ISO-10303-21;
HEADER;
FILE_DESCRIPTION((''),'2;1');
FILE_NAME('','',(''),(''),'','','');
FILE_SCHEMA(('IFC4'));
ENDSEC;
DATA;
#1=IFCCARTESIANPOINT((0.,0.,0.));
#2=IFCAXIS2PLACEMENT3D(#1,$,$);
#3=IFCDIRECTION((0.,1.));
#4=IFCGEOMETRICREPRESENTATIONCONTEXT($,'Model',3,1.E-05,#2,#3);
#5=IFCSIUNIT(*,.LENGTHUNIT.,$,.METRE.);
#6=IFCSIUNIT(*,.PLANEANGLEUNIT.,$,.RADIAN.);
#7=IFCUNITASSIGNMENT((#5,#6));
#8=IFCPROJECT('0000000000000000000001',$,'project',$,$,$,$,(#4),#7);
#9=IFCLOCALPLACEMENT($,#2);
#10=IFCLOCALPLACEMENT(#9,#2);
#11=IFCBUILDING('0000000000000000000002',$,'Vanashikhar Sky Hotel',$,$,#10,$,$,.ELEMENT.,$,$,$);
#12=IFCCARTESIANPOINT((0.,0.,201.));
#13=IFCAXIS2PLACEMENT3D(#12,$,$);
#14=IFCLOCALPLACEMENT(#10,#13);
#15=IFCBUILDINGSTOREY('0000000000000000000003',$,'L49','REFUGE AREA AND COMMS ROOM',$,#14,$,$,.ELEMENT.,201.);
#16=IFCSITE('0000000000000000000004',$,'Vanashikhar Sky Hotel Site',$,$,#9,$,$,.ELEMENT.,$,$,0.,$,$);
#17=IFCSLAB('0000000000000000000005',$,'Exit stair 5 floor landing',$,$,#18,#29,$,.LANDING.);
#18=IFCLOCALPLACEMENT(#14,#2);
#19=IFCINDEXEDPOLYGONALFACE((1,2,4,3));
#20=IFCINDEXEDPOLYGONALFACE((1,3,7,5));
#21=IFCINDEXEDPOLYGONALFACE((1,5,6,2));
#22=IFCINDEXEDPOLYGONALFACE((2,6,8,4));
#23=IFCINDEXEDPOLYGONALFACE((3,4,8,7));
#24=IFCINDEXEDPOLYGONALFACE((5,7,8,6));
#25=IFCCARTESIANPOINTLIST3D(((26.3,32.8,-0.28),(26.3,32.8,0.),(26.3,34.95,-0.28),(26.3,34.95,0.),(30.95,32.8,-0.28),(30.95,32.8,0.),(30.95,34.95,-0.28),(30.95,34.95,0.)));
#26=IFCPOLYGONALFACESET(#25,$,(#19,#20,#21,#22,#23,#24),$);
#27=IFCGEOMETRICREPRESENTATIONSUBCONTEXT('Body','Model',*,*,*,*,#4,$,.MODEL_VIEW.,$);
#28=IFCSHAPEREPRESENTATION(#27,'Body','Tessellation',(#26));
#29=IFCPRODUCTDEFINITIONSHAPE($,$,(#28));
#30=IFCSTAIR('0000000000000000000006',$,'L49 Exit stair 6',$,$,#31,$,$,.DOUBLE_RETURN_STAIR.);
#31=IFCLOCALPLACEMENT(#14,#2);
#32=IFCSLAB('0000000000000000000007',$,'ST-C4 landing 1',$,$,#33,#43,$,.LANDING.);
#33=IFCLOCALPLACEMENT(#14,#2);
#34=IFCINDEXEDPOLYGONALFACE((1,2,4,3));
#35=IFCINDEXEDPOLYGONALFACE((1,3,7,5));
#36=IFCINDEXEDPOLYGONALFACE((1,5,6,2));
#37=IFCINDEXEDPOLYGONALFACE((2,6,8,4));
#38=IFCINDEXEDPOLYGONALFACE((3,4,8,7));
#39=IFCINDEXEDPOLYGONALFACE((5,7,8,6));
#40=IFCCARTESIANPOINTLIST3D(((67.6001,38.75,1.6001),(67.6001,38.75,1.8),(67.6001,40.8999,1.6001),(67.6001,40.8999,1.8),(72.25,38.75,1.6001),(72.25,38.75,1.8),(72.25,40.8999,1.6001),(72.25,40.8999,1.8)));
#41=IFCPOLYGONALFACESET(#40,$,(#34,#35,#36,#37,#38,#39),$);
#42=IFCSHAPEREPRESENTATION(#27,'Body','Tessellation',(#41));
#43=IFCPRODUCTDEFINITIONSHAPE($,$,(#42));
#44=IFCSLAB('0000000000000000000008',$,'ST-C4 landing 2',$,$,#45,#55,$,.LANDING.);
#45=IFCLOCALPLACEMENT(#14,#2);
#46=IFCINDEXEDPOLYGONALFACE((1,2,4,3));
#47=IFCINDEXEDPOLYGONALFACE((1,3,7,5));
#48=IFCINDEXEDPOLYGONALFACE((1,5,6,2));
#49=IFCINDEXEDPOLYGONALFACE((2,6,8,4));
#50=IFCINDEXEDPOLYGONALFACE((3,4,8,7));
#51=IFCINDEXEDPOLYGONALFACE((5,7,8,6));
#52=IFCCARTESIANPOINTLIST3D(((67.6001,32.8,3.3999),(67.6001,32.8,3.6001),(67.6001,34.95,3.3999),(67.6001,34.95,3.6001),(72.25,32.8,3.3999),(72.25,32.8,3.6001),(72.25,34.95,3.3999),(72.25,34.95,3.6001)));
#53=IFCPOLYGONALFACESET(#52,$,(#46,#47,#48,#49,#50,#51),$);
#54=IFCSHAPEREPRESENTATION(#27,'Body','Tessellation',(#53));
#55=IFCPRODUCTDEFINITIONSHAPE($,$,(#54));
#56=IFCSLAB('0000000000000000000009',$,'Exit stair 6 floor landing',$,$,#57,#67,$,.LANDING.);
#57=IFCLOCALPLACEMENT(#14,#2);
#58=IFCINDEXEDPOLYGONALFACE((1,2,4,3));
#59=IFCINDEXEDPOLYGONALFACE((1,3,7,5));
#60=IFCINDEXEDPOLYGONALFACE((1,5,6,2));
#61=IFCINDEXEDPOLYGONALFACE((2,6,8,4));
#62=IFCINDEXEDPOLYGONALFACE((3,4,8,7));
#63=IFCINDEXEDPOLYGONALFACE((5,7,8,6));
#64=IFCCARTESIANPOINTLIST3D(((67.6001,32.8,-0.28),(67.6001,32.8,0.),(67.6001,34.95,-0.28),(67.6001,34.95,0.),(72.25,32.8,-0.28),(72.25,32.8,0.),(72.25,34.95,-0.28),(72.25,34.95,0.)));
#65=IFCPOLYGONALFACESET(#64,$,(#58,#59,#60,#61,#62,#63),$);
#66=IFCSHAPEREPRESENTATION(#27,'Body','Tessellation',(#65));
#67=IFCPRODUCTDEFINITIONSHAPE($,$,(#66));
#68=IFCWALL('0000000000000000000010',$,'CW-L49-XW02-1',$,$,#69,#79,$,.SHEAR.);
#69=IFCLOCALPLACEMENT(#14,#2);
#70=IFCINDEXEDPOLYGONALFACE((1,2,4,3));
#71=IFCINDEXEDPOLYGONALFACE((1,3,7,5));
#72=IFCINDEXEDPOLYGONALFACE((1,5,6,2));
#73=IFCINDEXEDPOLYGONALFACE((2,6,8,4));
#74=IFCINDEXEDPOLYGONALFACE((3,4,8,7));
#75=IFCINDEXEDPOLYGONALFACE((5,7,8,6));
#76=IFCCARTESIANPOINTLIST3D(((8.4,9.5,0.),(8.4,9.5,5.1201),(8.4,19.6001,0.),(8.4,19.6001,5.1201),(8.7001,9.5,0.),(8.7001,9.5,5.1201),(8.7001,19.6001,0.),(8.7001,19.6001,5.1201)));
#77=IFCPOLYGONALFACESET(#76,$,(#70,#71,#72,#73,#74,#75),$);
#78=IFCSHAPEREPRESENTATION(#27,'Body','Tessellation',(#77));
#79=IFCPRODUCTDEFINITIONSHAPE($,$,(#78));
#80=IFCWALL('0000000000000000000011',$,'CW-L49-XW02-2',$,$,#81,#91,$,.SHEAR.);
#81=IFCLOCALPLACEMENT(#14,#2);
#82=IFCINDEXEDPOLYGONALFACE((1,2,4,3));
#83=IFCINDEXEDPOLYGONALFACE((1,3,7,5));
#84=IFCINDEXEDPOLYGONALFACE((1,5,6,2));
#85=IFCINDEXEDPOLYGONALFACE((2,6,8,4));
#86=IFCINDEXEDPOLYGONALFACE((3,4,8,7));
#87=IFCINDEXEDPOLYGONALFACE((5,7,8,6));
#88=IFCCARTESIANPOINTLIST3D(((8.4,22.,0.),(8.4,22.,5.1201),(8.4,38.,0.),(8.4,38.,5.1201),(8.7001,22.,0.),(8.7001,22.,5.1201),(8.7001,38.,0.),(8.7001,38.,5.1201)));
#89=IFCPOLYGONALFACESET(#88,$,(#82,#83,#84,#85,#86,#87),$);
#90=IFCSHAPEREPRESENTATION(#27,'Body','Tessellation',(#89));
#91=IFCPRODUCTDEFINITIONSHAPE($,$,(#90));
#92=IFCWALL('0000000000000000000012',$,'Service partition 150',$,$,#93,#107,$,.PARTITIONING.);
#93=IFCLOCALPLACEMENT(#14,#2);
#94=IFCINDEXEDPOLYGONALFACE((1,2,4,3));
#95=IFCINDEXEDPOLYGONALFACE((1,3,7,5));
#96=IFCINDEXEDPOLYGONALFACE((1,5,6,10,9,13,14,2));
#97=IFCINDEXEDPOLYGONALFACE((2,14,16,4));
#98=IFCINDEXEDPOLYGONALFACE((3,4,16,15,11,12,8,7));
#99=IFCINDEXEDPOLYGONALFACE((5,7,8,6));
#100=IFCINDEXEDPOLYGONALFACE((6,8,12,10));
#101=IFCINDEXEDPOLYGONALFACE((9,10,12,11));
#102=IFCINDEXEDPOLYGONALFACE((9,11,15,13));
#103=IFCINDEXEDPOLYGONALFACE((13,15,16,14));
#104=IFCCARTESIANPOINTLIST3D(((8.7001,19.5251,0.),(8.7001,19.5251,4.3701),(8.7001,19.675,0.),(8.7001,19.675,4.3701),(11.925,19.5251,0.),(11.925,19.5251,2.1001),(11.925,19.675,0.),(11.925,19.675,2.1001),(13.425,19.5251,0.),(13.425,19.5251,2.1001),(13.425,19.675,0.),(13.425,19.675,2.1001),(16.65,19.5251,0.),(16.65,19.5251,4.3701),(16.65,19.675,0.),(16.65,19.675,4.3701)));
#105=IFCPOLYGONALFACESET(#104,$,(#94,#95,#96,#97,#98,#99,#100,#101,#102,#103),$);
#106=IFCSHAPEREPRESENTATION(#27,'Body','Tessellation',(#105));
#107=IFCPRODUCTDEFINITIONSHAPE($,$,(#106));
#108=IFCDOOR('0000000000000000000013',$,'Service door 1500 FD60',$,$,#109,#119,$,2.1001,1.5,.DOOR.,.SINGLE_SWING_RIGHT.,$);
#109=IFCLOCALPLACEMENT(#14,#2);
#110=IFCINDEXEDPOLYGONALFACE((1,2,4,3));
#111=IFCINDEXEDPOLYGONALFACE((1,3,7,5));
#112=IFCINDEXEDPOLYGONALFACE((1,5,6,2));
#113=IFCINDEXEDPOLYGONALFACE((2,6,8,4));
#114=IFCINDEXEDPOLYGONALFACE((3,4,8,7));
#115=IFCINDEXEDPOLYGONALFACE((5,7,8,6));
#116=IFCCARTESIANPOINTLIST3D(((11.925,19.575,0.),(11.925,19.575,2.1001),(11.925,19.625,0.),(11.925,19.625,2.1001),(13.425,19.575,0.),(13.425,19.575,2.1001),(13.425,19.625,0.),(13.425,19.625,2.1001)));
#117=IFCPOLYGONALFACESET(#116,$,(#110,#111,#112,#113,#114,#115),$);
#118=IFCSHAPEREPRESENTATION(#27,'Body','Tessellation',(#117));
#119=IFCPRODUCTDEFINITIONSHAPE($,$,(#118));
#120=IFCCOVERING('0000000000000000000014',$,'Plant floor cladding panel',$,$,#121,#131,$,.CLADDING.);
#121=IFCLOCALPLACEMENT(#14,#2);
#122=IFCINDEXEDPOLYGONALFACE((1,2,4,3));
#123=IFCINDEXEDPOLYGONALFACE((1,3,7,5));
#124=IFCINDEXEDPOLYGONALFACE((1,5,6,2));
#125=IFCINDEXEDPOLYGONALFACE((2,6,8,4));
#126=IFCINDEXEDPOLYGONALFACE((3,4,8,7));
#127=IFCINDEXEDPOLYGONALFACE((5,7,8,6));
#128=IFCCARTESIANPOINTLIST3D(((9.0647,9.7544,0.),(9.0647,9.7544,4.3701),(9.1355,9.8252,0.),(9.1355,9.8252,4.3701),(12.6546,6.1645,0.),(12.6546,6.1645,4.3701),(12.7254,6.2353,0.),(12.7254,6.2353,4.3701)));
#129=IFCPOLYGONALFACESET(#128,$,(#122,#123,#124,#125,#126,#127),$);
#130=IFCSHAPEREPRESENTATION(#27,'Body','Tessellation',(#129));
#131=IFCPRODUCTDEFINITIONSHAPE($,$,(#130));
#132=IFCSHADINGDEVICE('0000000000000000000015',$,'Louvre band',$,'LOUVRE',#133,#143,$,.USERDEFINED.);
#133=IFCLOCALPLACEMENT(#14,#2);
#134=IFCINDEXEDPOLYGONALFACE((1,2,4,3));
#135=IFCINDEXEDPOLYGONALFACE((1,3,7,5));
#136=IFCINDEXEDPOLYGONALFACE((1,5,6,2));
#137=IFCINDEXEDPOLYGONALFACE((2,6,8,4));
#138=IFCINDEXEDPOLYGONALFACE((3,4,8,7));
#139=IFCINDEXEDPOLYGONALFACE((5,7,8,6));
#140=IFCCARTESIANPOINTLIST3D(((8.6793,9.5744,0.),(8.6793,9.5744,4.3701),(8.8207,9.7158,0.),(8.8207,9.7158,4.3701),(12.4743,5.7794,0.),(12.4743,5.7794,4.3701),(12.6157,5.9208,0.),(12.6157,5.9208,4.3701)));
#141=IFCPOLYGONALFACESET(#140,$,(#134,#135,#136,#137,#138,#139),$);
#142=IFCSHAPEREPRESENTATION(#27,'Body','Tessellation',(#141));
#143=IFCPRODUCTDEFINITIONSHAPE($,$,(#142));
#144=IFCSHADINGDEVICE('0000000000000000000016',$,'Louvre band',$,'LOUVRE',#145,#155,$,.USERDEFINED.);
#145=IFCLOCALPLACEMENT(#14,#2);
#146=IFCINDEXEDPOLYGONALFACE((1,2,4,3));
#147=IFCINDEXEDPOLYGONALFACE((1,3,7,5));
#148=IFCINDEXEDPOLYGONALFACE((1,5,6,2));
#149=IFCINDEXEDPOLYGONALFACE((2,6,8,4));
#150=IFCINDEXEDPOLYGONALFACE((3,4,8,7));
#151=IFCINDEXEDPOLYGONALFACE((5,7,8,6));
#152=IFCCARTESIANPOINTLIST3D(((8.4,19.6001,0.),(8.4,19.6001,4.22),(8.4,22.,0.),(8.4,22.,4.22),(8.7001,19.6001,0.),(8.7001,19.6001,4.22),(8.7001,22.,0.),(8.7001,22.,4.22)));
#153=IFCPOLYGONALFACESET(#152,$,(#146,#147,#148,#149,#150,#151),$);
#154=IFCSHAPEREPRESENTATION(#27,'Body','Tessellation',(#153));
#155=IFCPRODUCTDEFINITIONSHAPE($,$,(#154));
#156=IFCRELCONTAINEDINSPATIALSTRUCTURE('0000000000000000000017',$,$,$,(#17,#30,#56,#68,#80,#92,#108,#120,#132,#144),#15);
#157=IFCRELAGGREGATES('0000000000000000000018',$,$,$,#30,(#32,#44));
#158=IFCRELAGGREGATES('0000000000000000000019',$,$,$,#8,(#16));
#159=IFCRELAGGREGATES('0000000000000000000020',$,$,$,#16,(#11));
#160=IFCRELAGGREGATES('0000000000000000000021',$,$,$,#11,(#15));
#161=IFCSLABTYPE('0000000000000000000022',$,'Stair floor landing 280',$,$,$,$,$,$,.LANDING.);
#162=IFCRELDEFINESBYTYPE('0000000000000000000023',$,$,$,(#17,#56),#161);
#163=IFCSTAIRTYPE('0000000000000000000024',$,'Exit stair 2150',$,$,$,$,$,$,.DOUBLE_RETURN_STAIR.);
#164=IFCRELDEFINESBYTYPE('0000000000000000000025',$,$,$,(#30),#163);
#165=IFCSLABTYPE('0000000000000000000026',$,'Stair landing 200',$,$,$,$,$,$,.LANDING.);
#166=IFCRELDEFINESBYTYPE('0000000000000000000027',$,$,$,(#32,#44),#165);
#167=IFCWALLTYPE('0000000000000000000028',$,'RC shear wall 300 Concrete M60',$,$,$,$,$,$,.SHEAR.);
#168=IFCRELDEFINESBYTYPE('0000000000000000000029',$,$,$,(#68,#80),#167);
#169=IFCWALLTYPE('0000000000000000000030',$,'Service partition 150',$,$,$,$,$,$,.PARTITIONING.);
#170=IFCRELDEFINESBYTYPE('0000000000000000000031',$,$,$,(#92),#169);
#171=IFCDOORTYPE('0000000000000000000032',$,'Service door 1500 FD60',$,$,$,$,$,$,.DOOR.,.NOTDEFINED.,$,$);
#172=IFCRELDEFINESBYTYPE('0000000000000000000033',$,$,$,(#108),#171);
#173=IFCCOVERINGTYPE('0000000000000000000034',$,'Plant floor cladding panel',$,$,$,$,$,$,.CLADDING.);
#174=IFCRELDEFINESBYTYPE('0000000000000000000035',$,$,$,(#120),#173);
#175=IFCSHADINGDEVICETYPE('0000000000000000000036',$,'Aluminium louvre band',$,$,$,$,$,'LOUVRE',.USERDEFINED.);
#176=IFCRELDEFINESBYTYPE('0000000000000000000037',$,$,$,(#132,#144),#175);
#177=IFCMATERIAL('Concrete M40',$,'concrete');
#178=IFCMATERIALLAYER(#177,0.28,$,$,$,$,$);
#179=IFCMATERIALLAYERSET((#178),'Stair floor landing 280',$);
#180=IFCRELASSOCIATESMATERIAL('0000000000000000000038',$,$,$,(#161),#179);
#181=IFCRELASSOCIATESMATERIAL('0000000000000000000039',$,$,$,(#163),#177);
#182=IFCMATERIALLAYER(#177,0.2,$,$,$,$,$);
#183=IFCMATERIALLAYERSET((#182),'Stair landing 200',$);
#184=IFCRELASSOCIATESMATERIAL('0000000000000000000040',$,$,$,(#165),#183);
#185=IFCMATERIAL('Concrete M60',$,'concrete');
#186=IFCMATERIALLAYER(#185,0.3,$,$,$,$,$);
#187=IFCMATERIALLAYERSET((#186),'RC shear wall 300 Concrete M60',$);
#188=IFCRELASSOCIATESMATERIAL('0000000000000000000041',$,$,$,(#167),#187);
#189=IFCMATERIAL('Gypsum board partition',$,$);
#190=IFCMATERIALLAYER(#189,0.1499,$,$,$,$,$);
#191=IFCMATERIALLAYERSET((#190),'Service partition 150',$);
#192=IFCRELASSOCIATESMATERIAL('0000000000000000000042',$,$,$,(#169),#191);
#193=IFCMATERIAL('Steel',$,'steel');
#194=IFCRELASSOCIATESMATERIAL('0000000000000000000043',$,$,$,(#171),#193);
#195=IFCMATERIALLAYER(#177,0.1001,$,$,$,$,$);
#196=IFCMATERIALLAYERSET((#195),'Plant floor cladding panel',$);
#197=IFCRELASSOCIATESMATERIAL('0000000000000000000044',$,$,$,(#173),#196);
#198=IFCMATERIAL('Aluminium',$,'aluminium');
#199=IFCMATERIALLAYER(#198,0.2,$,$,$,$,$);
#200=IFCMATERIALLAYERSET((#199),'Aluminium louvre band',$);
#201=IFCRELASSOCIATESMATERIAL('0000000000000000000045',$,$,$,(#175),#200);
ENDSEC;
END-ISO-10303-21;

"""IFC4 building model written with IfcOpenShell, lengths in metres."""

from ifc_helpers import new_model, si_unit, direction, frame, frame_2d, origin, origin_2d, place, context, subcontext, project, spatial, polyline, rectangle, outline, extrude, source, transform, mapped, material, layer, layer_set, type_object, element, fill, aggregate, save


model = new_model("IFC4")

# Units and contexts
model_context = context("Model", 3, precision=1e-05, world=origin(), true_north=direction((0.0, 1.0)))
body_context = subcontext(model_context, "Body", "Model", "MODEL_VIEW")
ifc_project = project(units=[si_unit("LENGTHUNIT", "METRE"), si_unit("PLANEANGLEUNIT", "RADIAN")], contexts=[model_context])

# Site, building, storey
site_placement = place(None, origin())
site = spatial("IfcSite", under=ifc_project, at=site_placement, Name="Vanashikhar Sky Hotel Site", CompositionType="ELEMENT", RefElevation=0.0)
building_placement = place(site_placement, origin())
building = spatial("IfcBuilding", under=site, at=building_placement, Name="Vanashikhar Sky Hotel", CompositionType="ELEMENT")
storey_placement = place(building_placement, frame((0.0, 0.0, 201.0)))
storey = spatial("IfcBuildingStorey", under=building, at=storey_placement, Name="L49", Description="REFUGE AREA AND COMMS ROOM", CompositionType="ELEMENT", Elevation=201.0)

# Shared definitions
ifc_material_1 = material(Name="Concrete M40", Category="concrete")
ifc_layer_1 = layer(ifc_material_1, 0.28)
ifc_layer_set_1 = layer_set([ifc_layer_1], Name="Stair floor landing 280")
slab_type_1 = type_object("IfcSlabType", Name="Stair floor landing 280", PredefinedType="LANDING", material=ifc_layer_set_1)

# Shared definitions
stair_type = type_object("IfcStairType", Name="Exit stair 2150", PredefinedType="DOUBLE_RETURN_STAIR", material=ifc_material_1)
ifc_layer_2 = layer(ifc_material_1, 0.2)
ifc_layer_set_2 = layer_set([ifc_layer_2], Name="Stair landing 200")
slab_type_2 = type_object("IfcSlabType", Name="Stair landing 200", PredefinedType="LANDING", material=ifc_layer_set_2)

# Slab
shared_shape_1 = source(origin(), body_context, "Body", "SweptSolid", [
    extrude(outline(polyline([(30.95, 32.8), (30.95, 34.95), (26.3, 34.95), (26.3, 32.8), (30.95, 32.8)])), origin(), (0.0, 0.0, 1.0), 0.28),
])
slab_1_placement = place(storey_placement, frame((0.0, 0.0, -0.28)))
element("IfcSlab", 1, at=slab_1_placement, inside=storey, type_object=slab_type_1, Name="Exit stair 5 floor landing", PredefinedType="LANDING", context=body_context, shape_type="MappedRepresentation", body=[
    mapped(shared_shape_1, transform((0.0, 0.0, 0.0), scale=1.0)),
])

# Stair, slabs
stair_1_placement = place(storey_placement, origin())
stair_1 = element("IfcStair", 2, at=stair_1_placement, inside=storey, type_object=stair_type, Name="L49 Exit stair 6", PredefinedType="DOUBLE_RETURN_STAIR")
shared_shape_2 = source(origin(), body_context, "Body", "SweptSolid", [
    extrude(outline(polyline([(72.25, 38.75), (72.25, 40.8999), (67.6001, 40.8999), (67.6001, 38.75), (72.25, 38.75)])), origin(), (0.0, 0.0, 1.0), 0.2),
])
slab_2_placement = place(storey_placement, frame((0.0, 0.0, 1.6001)))
slab_2 = element("IfcSlab", 3, at=slab_2_placement, type_object=slab_type_2, Name="ST-C4 landing 1", PredefinedType="LANDING", context=body_context, shape_type="MappedRepresentation", body=[
    mapped(shared_shape_2, transform((0.0, 0.0, 0.0), scale=1.0)),
])
shared_shape_3 = source(origin(), body_context, "Body", "SweptSolid", [
    extrude(outline(polyline([(72.25, 32.8), (72.25, 34.95), (67.6001, 34.95), (67.6001, 32.8), (72.25, 32.8)])), origin(), (0.0, 0.0, 1.0), 0.2002),
])
slab_3_placement = place(storey_placement, frame((0.0, 0.0, 3.3999)))
slab_3 = element("IfcSlab", 4, at=slab_3_placement, type_object=slab_type_2, Name="ST-C4 landing 2", PredefinedType="LANDING", context=body_context, shape_type="MappedRepresentation", body=[
    mapped(shared_shape_3, transform((0.0, 0.0, 0.0), scale=1.0)),
])
aggregate(stair_1, [slab_2, slab_3])

# Slab
shared_shape_4 = source(origin(), body_context, "Body", "SweptSolid", [
    extrude(outline(polyline([(72.25, 32.8), (72.25, 34.95), (67.6001, 34.95), (67.6001, 32.8), (72.25, 32.8)])), origin(), (0.0, 0.0, 1.0), 0.28),
])
slab_4_placement = place(storey_placement, frame((0.0, 0.0, -0.28)))
element("IfcSlab", 5, at=slab_4_placement, inside=storey, type_object=slab_type_1, Name="Exit stair 6 floor landing", PredefinedType="LANDING", context=body_context, shape_type="MappedRepresentation", body=[
    mapped(shared_shape_4, transform((0.0, 0.0, 0.0), scale=1.0)),
])

# Walls
ifc_material_2 = material(Name="Concrete M60", Category="concrete")
ifc_layer_3 = layer(ifc_material_2, 0.3)
ifc_layer_set_3 = layer_set([ifc_layer_3], Name="RC shear wall 300 Concrete M60")
wall_type_1 = type_object("IfcWallType", Name="RC shear wall 300 Concrete M60", PredefinedType="SHEAR", material=ifc_layer_set_3)
shared_shape_5 = source(origin(), body_context, "Body", "SweptSolid", [
    extrude(rectangle(XDim=10.1001, YDim=0.3, at=frame_2d((5.05, 0.0))), origin(), (0.0, 0.0, 1.0), 5.1201),
])
wall_1_placement = place(storey_placement, frame((8.55, 9.5, 0.0), z_axis=(0.0, 0.0, 1.0), x_axis=(0.0, 1.0, 0.0)))
element("IfcWall", 6, at=wall_1_placement, inside=storey, type_object=wall_type_1, Name="CW-L49-XW02-1", PredefinedType="SHEAR", context=body_context, shape_type="MappedRepresentation", body=[
    mapped(shared_shape_5, transform((0.0, 0.0, 0.0), scale=1.0)),
])
shared_shape_6 = source(origin(), body_context, "Body", "SweptSolid", [
    extrude(rectangle(XDim=16.0, YDim=0.3, at=frame_2d((8.0, 0.0))), origin(), (0.0, 0.0, 1.0), 5.1201),
])
wall_2_placement = place(storey_placement, frame((8.55, 22.0, 0.0), z_axis=(0.0, 0.0, 1.0), x_axis=(0.0, 1.0, 0.0)))
element("IfcWall", 7, at=wall_2_placement, inside=storey, type_object=wall_type_1, Name="CW-L49-XW02-2", PredefinedType="SHEAR", context=body_context, shape_type="MappedRepresentation", body=[
    mapped(shared_shape_6, transform((0.0, 0.0, 0.0), scale=1.0)),
])

# Wall, opening, door
ifc_material_3 = material(Name="Gypsum board partition")
ifc_layer_4 = layer(ifc_material_3, 0.1499)
ifc_layer_set_4 = layer_set([ifc_layer_4], Name="Service partition 150")
wall_type_2 = type_object("IfcWallType", Name="Service partition 150", PredefinedType="PARTITIONING", material=ifc_layer_set_4)
shared_shape_7 = source(origin(), body_context, "Body", "SweptSolid", [
    extrude(rectangle(XDim=7.95, YDim=0.1499, at=frame_2d((3.9751, 0.0))), origin(), (0.0, 0.0, 1.0), 4.3701),
])
wall_3_placement = place(storey_placement, frame((8.7, 19.6001, 0.0), z_axis=(0.0, 0.0, 1.0), x_axis=(1.0, 0.0, 0.0)))
wall_3 = element("IfcWall", 8, at=wall_3_placement, inside=storey, type_object=wall_type_2, Name="Service partition 150", PredefinedType="PARTITIONING", context=body_context, shape_type="MappedRepresentation", body=[
    mapped(shared_shape_7, transform((0.0, 0.0, 0.0), scale=1.0)),
])
shared_shape_8 = source(origin(), body_context, "Body", "SweptSolid", [
    extrude(rectangle(XDim=1.5, YDim=2.1001, at=frame_2d((0.75, 1.05))), frame((0.0, 0.085, 0.0), z_axis=(0.0, -1.0, 0.0), x_axis=(1.0, 0.0, 0.0)), (0.0, 0.0, 1.0), 0.1699),
])
opening_placement = place(wall_3_placement, frame((3.2251, 0.0, 0.0)))
opening = element("IfcOpeningElement", 9, at=opening_placement, cuts=wall_3, PredefinedType="OPENING", context=body_context, shape_type="MappedRepresentation", body=[
    mapped(shared_shape_8, transform((0.0, 0.0, 0.0), scale=1.0)),
])
ifc_material_4 = material(Name="Steel", Category="steel")
door_type = type_object("IfcDoorType", Name="Service door 1500 FD60", OperationType="NOTDEFINED", PredefinedType="DOOR", material=ifc_material_4)
shared_shape_9 = source(origin(), body_context, "Body", "SweptSolid", [
    extrude(rectangle(XDim=1.5, YDim=2.1001, at=frame_2d((0.75, 1.05))), frame((0.0, 0.0249, 0.0), z_axis=(0.0, -1.0, 0.0), x_axis=(1.0, 0.0, 0.0)), (0.0, 0.0, 1.0), 0.05),
])
door_placement = place(opening_placement, origin())
door = element("IfcDoor", 10, at=door_placement, inside=storey, type_object=door_type, Name="Service door 1500 FD60", OperationType="SINGLE_SWING_RIGHT", OverallHeight=2.1001, OverallWidth=1.5, PredefinedType="DOOR", context=body_context, shape_type="MappedRepresentation", body=[
    mapped(shared_shape_9, transform((0.0, 0.0, 0.0), scale=1.0)),
])
fill(opening, door)

# Covering
ifc_layer_5 = layer(ifc_material_1, 0.1001)
ifc_layer_set_5 = layer_set([ifc_layer_5], Name="Plant floor cladding panel")
covering_type = type_object("IfcCoveringType", Name="Plant floor cladding panel", PredefinedType="CLADDING", material=ifc_layer_set_5)
shared_shape_10 = source(origin(), body_context, "Body", "SweptSolid", [
    extrude(rectangle(XDim=5.0769, YDim=0.1001, at=origin_2d()), origin(), (0.0, 0.0, 1.0), 4.3701),
])
covering_placement = place(storey_placement, frame((10.895, 7.9949, 0.0), z_axis=(0.0, 0.0, 1.0), x_axis=(0.707107, -0.707107, 0.0)))
element("IfcCovering", 11, at=covering_placement, inside=storey, type_object=covering_type, Name="Plant floor cladding panel", PredefinedType="CLADDING", context=body_context, shape_type="MappedRepresentation", body=[
    mapped(shared_shape_10, transform((0.0, 0.0, 0.0), scale=1.0)),
])

# Shading devices
ifc_material_5 = material(Name="Aluminium", Category="aluminium")
ifc_layer_6 = layer(ifc_material_5, 0.2)
ifc_layer_set_6 = layer_set([ifc_layer_6], Name="Aluminium louvre band")
shading_device_type = type_object("IfcShadingDeviceType", Name="Aluminium louvre band", ElementType="LOUVRE", PredefinedType="USERDEFINED", material=ifc_layer_set_6)
shared_shape_11 = source(origin(), body_context, "Body", "SweptSolid", [
    extrude(rectangle(XDim=5.3669, YDim=0.2, at=origin_2d()), origin(), (0.0, 0.0, 1.0), 4.3701),
])
shading_device_1_placement = place(storey_placement, frame((10.6475, 7.7476, 0.0), z_axis=(0.0, 0.0, 1.0), x_axis=(0.707107, -0.707107, 0.0)))
element("IfcShadingDevice", 12, at=shading_device_1_placement, inside=storey, type_object=shading_device_type, Name="Louvre band", ObjectType="LOUVRE", PredefinedType="USERDEFINED", context=body_context, shape_type="MappedRepresentation", body=[
    mapped(shared_shape_11, transform((0.0, 0.0, 0.0), scale=1.0)),
])
shared_shape_12 = source(origin(), body_context, "Body", "SweptSolid", [
    extrude(rectangle(XDim=0.3, YDim=2.3999, at=origin_2d()), origin(), (0.0, 0.0, 1.0), 4.22),
])
shading_device_2_placement = place(storey_placement, frame((8.55, 20.8, 0.0), z_axis=(0.0, 0.0, 1.0), x_axis=(1.0, 0.0, 0.0)))
element("IfcShadingDevice", 13, at=shading_device_2_placement, inside=storey, type_object=shading_device_type, Name="Louvre band", ObjectType="LOUVRE", PredefinedType="USERDEFINED", context=body_context, shape_type="MappedRepresentation", body=[
    mapped(shared_shape_12, transform((0.0, 0.0, 0.0), scale=1.0)),
])

save(model, "model.ifc")
